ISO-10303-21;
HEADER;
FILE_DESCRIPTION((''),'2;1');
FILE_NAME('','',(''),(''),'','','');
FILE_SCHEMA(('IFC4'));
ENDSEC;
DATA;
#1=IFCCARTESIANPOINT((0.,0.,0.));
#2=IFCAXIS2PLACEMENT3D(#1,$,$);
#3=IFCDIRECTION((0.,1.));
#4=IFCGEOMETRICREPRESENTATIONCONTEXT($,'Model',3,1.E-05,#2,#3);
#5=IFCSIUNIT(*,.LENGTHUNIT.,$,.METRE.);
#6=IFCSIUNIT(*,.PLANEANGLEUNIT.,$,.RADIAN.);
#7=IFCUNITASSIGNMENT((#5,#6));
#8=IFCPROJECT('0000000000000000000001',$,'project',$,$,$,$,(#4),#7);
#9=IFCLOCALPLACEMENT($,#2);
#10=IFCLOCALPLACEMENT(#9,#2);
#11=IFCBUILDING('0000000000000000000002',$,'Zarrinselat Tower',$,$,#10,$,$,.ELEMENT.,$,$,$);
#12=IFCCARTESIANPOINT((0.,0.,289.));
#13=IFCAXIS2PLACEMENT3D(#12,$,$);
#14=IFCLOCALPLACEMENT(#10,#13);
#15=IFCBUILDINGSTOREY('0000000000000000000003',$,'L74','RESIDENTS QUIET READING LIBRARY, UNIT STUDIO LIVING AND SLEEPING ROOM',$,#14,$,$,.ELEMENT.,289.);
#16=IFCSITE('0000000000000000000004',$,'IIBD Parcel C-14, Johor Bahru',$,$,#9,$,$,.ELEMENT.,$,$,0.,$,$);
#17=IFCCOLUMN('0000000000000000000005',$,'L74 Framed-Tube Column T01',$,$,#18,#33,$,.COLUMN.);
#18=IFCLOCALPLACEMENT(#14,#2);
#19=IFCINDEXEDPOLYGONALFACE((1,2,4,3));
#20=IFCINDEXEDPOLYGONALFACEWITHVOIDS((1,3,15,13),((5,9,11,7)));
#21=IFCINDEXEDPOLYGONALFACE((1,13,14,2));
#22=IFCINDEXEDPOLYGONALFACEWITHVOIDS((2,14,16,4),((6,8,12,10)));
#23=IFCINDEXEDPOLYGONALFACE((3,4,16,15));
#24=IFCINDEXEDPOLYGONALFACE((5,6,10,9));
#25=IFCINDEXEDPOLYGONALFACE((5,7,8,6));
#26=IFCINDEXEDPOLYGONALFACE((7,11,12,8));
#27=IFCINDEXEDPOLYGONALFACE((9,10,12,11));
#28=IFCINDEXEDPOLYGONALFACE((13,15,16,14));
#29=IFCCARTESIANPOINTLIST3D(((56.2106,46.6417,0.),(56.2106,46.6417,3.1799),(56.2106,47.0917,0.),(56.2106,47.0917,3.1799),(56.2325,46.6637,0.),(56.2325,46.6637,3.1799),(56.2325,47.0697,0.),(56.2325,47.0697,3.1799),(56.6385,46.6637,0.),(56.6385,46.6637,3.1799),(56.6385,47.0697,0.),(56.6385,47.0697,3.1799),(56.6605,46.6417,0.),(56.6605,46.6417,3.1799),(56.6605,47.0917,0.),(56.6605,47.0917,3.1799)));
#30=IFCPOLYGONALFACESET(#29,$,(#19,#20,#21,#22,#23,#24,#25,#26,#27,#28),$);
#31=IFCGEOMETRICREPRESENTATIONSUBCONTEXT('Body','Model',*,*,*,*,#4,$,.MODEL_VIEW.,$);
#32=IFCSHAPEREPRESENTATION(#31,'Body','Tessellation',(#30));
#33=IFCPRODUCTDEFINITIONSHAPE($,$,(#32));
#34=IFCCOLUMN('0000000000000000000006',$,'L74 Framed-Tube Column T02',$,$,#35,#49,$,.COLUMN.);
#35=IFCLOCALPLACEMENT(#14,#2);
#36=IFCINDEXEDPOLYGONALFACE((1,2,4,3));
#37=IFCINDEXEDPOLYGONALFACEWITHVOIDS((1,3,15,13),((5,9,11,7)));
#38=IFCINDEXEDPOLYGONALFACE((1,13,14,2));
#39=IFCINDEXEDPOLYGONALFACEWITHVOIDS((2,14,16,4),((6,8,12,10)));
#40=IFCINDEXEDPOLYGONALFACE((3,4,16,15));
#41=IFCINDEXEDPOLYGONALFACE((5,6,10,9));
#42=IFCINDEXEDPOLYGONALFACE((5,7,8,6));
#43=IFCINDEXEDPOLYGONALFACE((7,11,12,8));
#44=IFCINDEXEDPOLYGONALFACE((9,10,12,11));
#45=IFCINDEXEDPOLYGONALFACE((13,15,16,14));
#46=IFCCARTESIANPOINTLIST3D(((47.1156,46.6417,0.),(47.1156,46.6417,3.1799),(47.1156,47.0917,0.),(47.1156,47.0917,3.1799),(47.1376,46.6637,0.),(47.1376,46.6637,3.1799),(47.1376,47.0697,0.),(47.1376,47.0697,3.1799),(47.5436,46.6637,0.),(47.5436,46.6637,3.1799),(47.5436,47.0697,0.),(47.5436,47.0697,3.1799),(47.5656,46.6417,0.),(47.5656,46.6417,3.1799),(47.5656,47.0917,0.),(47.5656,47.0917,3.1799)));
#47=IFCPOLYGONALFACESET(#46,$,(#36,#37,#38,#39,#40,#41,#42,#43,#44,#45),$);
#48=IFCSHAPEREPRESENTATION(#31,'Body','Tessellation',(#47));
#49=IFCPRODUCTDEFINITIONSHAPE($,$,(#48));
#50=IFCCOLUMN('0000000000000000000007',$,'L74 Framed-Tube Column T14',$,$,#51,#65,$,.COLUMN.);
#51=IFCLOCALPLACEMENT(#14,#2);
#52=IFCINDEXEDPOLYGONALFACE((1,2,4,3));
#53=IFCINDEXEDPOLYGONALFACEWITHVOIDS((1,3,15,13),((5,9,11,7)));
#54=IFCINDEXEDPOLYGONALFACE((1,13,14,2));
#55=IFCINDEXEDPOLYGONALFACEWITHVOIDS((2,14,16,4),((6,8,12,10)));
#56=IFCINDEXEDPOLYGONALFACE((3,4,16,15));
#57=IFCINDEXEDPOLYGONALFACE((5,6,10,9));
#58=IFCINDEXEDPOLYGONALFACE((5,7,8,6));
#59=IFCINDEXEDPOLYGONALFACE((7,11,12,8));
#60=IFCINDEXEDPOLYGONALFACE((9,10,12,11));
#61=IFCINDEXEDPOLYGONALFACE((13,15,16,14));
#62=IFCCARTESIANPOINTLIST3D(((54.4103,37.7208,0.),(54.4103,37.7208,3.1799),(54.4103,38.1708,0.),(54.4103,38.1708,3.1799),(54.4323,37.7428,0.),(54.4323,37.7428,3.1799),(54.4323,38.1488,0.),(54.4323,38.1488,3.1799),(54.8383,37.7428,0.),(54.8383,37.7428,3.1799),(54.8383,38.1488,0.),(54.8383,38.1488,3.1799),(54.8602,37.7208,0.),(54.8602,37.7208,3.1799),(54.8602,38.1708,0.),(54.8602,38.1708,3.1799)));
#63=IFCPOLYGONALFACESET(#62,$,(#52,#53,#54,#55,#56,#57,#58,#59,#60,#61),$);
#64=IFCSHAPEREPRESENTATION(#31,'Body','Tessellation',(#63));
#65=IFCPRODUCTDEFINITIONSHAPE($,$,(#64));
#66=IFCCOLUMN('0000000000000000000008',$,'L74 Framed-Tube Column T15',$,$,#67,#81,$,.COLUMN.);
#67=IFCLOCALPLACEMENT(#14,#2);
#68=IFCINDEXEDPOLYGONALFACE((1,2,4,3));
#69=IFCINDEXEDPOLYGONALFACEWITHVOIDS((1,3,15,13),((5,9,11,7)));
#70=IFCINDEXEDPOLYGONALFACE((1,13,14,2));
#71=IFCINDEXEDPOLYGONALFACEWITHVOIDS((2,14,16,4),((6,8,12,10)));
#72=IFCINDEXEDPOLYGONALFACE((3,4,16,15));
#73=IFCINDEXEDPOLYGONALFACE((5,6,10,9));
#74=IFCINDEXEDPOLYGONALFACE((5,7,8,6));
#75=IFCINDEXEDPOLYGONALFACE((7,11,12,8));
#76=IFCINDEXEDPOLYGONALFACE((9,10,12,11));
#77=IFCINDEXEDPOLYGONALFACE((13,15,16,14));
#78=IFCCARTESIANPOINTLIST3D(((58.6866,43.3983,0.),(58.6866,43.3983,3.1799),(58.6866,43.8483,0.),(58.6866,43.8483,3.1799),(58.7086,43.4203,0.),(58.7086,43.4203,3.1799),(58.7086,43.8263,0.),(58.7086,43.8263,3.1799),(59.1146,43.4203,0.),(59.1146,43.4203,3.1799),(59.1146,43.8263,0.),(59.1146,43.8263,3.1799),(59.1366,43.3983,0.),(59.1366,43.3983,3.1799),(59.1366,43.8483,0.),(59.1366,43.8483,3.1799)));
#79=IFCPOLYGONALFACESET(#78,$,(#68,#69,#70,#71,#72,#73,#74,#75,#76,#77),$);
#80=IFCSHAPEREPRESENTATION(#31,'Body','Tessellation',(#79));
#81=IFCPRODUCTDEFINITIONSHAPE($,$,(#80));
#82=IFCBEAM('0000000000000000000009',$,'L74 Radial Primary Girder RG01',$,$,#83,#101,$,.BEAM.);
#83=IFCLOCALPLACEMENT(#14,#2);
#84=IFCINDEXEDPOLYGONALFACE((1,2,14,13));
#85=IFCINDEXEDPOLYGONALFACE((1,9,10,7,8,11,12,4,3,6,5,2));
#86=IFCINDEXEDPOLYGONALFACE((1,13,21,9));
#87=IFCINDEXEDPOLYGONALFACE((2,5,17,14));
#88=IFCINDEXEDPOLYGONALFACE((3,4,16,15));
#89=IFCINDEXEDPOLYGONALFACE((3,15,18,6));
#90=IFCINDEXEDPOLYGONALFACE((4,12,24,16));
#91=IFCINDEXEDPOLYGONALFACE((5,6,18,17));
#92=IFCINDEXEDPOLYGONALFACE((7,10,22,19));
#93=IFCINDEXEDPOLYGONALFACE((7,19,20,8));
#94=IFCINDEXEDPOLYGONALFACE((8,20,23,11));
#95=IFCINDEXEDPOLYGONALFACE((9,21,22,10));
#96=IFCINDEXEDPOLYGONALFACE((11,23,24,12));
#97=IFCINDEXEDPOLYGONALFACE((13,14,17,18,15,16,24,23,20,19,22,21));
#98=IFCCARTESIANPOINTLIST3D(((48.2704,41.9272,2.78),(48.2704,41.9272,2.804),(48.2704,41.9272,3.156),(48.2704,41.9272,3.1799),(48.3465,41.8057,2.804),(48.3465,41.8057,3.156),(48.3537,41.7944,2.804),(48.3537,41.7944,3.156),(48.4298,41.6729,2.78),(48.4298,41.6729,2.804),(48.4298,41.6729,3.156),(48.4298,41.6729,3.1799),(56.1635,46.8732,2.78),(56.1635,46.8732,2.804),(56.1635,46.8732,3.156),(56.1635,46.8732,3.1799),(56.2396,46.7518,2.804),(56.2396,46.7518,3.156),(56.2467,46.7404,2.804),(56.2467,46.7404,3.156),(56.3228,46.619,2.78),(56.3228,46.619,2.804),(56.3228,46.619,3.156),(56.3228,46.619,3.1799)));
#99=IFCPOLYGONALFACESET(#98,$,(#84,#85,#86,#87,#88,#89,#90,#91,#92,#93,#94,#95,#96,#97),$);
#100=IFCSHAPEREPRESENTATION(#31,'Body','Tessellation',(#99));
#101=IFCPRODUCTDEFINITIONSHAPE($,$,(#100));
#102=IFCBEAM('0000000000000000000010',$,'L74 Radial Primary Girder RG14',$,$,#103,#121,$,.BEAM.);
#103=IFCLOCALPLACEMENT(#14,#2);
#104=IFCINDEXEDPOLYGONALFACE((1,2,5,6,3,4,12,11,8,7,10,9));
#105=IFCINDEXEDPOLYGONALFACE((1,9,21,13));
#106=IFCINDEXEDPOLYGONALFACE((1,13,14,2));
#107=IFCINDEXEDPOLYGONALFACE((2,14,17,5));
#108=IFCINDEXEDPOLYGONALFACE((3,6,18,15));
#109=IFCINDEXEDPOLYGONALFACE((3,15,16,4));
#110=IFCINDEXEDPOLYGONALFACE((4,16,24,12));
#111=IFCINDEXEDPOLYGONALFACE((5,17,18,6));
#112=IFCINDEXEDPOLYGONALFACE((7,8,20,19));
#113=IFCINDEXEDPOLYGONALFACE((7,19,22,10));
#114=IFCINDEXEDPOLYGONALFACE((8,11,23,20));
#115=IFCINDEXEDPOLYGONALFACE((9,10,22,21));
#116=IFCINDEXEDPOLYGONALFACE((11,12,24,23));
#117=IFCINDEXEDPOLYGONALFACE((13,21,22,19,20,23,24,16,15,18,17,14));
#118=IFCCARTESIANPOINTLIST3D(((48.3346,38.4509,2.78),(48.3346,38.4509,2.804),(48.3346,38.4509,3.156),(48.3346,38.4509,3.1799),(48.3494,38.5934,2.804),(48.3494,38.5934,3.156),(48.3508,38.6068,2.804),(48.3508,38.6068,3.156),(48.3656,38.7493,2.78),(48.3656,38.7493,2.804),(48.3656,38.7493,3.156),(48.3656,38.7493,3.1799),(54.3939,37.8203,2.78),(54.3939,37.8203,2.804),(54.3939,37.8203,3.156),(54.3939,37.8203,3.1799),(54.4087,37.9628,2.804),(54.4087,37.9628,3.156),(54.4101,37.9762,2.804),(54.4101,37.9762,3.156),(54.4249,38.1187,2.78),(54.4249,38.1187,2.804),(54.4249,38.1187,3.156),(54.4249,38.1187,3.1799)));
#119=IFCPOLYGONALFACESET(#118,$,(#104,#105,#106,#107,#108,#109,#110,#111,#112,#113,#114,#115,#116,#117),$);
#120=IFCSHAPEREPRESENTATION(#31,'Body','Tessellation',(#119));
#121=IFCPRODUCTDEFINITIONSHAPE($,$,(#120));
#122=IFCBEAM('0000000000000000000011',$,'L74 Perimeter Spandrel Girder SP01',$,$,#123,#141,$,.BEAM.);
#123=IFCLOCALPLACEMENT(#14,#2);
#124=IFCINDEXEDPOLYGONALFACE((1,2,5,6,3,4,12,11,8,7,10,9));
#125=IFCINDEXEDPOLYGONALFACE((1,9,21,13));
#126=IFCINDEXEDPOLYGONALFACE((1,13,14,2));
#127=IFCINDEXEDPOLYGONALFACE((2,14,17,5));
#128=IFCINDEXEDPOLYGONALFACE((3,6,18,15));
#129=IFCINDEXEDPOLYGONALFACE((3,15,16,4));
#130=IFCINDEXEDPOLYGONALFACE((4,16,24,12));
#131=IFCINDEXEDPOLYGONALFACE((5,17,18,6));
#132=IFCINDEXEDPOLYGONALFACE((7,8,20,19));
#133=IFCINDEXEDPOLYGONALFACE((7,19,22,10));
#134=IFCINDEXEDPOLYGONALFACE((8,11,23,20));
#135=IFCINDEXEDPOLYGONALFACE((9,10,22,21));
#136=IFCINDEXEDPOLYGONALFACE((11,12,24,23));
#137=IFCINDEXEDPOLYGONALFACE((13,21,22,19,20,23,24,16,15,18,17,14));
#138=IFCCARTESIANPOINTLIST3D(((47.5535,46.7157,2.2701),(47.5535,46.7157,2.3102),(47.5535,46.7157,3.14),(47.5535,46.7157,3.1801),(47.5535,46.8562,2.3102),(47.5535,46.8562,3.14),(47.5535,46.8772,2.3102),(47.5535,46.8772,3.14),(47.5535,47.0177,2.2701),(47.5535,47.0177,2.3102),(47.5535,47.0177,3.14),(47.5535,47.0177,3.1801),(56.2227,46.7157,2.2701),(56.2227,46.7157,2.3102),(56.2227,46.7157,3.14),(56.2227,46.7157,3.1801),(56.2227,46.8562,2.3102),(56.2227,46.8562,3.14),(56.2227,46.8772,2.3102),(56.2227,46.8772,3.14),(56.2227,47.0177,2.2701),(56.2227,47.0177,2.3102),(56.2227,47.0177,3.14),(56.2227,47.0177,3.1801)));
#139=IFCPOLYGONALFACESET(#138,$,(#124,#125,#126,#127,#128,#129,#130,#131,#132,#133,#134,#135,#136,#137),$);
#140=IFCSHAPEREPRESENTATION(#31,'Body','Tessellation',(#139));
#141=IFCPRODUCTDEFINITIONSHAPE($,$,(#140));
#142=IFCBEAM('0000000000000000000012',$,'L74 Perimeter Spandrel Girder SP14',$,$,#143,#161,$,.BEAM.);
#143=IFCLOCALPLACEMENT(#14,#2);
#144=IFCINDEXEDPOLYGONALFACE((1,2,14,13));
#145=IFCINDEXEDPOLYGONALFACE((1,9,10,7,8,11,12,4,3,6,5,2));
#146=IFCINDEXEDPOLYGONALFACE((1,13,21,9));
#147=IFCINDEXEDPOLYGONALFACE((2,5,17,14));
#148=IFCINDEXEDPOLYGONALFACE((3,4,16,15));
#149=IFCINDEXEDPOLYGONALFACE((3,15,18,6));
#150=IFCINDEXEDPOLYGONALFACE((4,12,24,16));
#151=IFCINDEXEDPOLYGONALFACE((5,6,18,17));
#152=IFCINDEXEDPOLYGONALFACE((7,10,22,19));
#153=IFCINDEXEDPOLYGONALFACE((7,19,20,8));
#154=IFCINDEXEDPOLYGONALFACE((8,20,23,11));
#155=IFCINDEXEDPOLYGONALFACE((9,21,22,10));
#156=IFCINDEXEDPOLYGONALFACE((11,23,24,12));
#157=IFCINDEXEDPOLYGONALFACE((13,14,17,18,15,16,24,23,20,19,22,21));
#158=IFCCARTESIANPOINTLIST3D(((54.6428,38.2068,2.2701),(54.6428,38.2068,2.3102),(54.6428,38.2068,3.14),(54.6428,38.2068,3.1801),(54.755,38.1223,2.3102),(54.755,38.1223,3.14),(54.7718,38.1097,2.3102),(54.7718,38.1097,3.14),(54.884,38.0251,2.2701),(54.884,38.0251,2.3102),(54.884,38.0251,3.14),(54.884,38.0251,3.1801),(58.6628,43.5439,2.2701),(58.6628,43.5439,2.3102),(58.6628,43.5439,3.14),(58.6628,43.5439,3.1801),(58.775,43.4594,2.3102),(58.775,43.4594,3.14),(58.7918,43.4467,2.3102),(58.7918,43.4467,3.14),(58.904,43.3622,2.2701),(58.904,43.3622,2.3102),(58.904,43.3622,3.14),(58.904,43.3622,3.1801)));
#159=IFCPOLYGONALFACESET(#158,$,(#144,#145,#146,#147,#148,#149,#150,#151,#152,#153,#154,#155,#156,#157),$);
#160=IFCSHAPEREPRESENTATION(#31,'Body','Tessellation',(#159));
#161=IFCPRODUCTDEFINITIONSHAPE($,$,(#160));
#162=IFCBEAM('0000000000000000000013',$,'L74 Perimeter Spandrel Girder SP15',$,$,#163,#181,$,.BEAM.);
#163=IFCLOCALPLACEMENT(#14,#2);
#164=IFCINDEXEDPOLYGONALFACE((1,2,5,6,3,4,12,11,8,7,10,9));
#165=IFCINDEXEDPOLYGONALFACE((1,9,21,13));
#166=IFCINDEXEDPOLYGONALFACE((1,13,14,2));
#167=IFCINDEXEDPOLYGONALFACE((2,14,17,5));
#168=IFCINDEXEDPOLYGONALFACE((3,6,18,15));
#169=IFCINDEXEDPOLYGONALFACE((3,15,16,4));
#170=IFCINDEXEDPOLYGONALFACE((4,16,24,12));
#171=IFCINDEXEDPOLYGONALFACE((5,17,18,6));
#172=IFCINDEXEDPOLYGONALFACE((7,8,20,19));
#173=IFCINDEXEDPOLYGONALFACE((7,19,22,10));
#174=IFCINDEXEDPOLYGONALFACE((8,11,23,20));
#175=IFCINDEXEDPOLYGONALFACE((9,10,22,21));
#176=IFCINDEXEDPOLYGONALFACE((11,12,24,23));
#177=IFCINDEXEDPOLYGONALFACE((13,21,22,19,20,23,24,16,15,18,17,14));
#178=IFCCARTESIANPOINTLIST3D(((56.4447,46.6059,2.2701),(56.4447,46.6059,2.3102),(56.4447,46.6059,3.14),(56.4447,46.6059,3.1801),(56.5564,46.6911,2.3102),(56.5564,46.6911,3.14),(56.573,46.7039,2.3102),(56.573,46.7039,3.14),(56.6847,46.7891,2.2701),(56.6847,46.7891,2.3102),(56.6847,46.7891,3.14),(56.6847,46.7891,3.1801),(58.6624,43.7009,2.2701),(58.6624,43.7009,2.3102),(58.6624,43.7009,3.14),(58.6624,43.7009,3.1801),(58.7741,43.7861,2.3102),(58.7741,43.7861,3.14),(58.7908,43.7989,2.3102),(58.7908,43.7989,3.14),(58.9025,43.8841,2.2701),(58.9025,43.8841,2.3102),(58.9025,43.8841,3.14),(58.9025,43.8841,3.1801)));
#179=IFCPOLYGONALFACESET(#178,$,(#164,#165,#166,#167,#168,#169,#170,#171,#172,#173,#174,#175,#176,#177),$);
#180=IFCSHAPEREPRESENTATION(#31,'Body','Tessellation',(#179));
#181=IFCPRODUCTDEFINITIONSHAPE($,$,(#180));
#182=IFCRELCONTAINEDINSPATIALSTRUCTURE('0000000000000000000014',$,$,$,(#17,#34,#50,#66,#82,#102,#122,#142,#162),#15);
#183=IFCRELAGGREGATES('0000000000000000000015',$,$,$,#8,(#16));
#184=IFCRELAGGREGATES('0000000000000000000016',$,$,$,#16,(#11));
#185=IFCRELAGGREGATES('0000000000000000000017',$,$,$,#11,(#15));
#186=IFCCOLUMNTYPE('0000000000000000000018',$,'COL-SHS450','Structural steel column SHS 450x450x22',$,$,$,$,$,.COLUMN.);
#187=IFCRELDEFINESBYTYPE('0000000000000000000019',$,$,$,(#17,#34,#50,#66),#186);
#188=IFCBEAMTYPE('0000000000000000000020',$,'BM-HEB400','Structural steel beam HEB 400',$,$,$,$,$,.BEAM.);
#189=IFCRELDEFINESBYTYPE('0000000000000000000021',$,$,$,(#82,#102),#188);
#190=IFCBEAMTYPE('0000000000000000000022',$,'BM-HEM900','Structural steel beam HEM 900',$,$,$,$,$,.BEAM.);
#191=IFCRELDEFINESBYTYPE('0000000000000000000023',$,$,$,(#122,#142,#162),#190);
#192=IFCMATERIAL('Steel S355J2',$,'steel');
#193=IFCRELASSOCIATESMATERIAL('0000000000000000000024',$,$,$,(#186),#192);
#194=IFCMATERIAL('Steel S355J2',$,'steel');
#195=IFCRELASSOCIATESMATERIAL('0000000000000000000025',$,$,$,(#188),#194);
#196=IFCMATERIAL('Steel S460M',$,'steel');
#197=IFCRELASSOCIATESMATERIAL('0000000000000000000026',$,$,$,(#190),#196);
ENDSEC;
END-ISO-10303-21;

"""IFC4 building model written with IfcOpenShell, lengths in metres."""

from ifc_helpers import new_model, si_unit, direction, frame, origin, origin_2d, place, context, subcontext, project, spatial, hollow_rectangle, i_section, extrude, material, material_profile, profile_set, type_object, element, save


model = new_model("IFC4")

# Units and contexts
model_context = context("Model", 3, precision=1e-05, world=origin(), true_north=direction((0.0, 1.0)))
body_context = subcontext(model_context, "Body", "Model", "MODEL_VIEW")
ifc_project = project(units=[si_unit("LENGTHUNIT", "METRE"), si_unit("PLANEANGLEUNIT", "RADIAN")], contexts=[model_context])

# Site, building, storey
site_placement = place(None, origin())
site = spatial("IfcSite", under=ifc_project, at=site_placement, Name="IIBD Parcel C-14, Johor Bahru", CompositionType="ELEMENT", RefElevation=0.0)
building_placement = place(site_placement, origin())
building = spatial("IfcBuilding", under=site, at=building_placement, Name="Zarrinselat Tower", CompositionType="ELEMENT")
storey_placement = place(building_placement, frame((0.0, 0.0, 289.0)))
storey = spatial("IfcBuildingStorey", under=building, at=storey_placement, Name="L74", Description="RESIDENTS QUIET READING LIBRARY, UNIT STUDIO LIVING AND SLEEPING ROOM", CompositionType="ELEMENT", Elevation=289.0)

# Columns
ifc_material_1 = material(Name="Steel S355J2", Category="steel")
ifc_material_profile_1 = material_profile(ifc_material_1, hollow_rectangle(XDim=0.45, YDim=0.45, WallThickness=0.022, at=origin_2d()), Name="SHS 450x450x22")
ifc_profile_set_1 = profile_set([ifc_material_profile_1], Name="Steel S355J2")
column_type = type_object("IfcColumnType", Name="COL-SHS450", Description="Structural steel column SHS 450x450x22", PredefinedType="COLUMN", material=ifc_profile_set_1)
for number, where, z_axis, x_axis, name in (
    (1, (56.4355, 46.8667, 0.0), (0.0, 0.0, 1.0), (1.0, 0.0, 0.0), "L74 Framed-Tube Column T01"),
    (2, (47.3406, 46.8667, 0.0), (0.0, 0.0, 1.0), (1.0, 0.0, 0.0), "L74 Framed-Tube Column T02"),
    (3, (54.6353, 37.9458, 0.0), (0.0, 0.0, 1.0), (1.0, 0.0, 0.0), "L74 Framed-Tube Column T14"),
    (4, (58.9116, 43.6233, 0.0), (0.0, 0.0, 1.0), (1.0, 0.0, 0.0), "L74 Framed-Tube Column T15"),
):
    element("IfcColumn", number, at=place(storey_placement, frame(where, z_axis=z_axis, x_axis=x_axis)), inside=storey, type_object=column_type, Name=name, PredefinedType="COLUMN", context=body_context, shape_type="SweptSolid", body=[
        extrude(hollow_rectangle(XDim=0.45, YDim=0.45, WallThickness=0.022, at=origin_2d()), origin(), (0.0, 0.0, 1.0), 3.1799),
    ])

# Beams
ifc_material_2 = material(Name="Steel S355J2", Category="steel")
ifc_material_profile_2 = material_profile(ifc_material_2, i_section(OverallWidth=0.3, OverallDepth=0.3999, WebThickness=0.0134, FlangeThickness=0.0239, at=origin_2d()), Name="HEB 400")
ifc_profile_set_2 = profile_set([ifc_material_profile_2], Name="Steel S355J2")
beam_type_1 = type_object("IfcBeamType", Name="BM-HEB400", Description="Structural steel beam HEB 400", PredefinedType="BEAM", material=ifc_profile_set_2)
beam_1_placement = place(storey_placement, frame((48.3501, 41.8, 2.98), z_axis=(0.847376, 0.530993, 0.0), x_axis=(-0.530993, 0.847376, 0.0)))
element("IfcBeam", 5, at=beam_1_placement, inside=storey, type_object=beam_type_1, Name="L74 Radial Primary Girder RG01", PredefinedType="BEAM", context=body_context, shape_type="SweptSolid", body=[
    extrude(i_section(OverallWidth=0.3, OverallDepth=0.3999, WebThickness=0.0134, FlangeThickness=0.0239, at=origin_2d()), origin(), (0.0, 0.0, 1.0), 9.3147),
])
beam_2_placement = place(storey_placement, frame((48.3501, 38.6001, 2.98), z_axis=(0.994628, -0.103514, 0.0), x_axis=(0.103514, 0.994628, 0.0)))
element("IfcBeam", 6, at=beam_2_placement, inside=storey, type_object=beam_type_1, Name="L74 Radial Primary Girder RG14", PredefinedType="BEAM", context=body_context, shape_type="SweptSolid", body=[
    extrude(i_section(OverallWidth=0.3, OverallDepth=0.3999, WebThickness=0.0134, FlangeThickness=0.0239, at=origin_2d()), origin(), (0.0, 0.0, 1.0), 6.092),
])
ifc_material_3 = material(Name="Steel S460M", Category="steel")
ifc_material_profile_3 = material_profile(ifc_material_3, i_section(OverallWidth=0.302, OverallDepth=0.9099, WebThickness=0.021, FlangeThickness=0.04, at=origin_2d()), Name="HEM 900")
ifc_profile_set_3 = profile_set([ifc_material_profile_3], Name="Steel S460M")
beam_type_2 = type_object("IfcBeamType", Name="BM-HEM900", Description="Structural steel beam HEM 900", PredefinedType="BEAM", material=ifc_profile_set_3)
beam_3_placement = place(storey_placement, frame((47.5535, 46.8667, 2.7251), z_axis=(1.0, 0.0, 0.0), x_axis=(0.0, 1.0, 0.0)))
element("IfcBeam", 7, at=beam_3_placement, inside=storey, type_object=beam_type_2, Name="L74 Perimeter Spandrel Girder SP01", PredefinedType="BEAM", context=body_context, shape_type="SweptSolid", body=[
    extrude(i_section(OverallWidth=0.302, OverallDepth=0.9099, WebThickness=0.021, FlangeThickness=0.04, at=origin_2d()), origin(), (0.0, 0.0, 1.0), 8.6692),
])
beam_4_placement = place(storey_placement, frame((54.7634, 38.116, 2.7251), z_axis=(0.601642, 0.798766, 0.0), x_axis=(-0.798766, 0.601642, 0.0)))
element("IfcBeam", 8, at=beam_4_placement, inside=storey, type_object=beam_type_2, Name="L74 Perimeter Spandrel Girder SP14", PredefinedType="BEAM", context=body_context, shape_type="SweptSolid", body=[
    extrude(i_section(OverallWidth=0.302, OverallDepth=0.9099, WebThickness=0.021, FlangeThickness=0.04, at=origin_2d()), origin(), (0.0, 0.0, 1.0), 6.6816),
])
beam_5_placement = place(storey_placement, frame((56.5647, 46.6975, 2.7251), z_axis=(0.606808, -0.794849, 0.0), x_axis=(0.794849, 0.606808, 0.0)))
element("IfcBeam", 9, at=beam_5_placement, inside=storey, type_object=beam_type_2, Name="L74 Perimeter Spandrel Girder SP15", PredefinedType="BEAM", context=body_context, shape_type="SweptSolid", body=[
    extrude(i_section(OverallWidth=0.302, OverallDepth=0.9099, WebThickness=0.021, FlangeThickness=0.04, at=origin_2d()), origin(), (0.0, 0.0, 1.0), 3.6548),
])

save(model, "model.ifc")
